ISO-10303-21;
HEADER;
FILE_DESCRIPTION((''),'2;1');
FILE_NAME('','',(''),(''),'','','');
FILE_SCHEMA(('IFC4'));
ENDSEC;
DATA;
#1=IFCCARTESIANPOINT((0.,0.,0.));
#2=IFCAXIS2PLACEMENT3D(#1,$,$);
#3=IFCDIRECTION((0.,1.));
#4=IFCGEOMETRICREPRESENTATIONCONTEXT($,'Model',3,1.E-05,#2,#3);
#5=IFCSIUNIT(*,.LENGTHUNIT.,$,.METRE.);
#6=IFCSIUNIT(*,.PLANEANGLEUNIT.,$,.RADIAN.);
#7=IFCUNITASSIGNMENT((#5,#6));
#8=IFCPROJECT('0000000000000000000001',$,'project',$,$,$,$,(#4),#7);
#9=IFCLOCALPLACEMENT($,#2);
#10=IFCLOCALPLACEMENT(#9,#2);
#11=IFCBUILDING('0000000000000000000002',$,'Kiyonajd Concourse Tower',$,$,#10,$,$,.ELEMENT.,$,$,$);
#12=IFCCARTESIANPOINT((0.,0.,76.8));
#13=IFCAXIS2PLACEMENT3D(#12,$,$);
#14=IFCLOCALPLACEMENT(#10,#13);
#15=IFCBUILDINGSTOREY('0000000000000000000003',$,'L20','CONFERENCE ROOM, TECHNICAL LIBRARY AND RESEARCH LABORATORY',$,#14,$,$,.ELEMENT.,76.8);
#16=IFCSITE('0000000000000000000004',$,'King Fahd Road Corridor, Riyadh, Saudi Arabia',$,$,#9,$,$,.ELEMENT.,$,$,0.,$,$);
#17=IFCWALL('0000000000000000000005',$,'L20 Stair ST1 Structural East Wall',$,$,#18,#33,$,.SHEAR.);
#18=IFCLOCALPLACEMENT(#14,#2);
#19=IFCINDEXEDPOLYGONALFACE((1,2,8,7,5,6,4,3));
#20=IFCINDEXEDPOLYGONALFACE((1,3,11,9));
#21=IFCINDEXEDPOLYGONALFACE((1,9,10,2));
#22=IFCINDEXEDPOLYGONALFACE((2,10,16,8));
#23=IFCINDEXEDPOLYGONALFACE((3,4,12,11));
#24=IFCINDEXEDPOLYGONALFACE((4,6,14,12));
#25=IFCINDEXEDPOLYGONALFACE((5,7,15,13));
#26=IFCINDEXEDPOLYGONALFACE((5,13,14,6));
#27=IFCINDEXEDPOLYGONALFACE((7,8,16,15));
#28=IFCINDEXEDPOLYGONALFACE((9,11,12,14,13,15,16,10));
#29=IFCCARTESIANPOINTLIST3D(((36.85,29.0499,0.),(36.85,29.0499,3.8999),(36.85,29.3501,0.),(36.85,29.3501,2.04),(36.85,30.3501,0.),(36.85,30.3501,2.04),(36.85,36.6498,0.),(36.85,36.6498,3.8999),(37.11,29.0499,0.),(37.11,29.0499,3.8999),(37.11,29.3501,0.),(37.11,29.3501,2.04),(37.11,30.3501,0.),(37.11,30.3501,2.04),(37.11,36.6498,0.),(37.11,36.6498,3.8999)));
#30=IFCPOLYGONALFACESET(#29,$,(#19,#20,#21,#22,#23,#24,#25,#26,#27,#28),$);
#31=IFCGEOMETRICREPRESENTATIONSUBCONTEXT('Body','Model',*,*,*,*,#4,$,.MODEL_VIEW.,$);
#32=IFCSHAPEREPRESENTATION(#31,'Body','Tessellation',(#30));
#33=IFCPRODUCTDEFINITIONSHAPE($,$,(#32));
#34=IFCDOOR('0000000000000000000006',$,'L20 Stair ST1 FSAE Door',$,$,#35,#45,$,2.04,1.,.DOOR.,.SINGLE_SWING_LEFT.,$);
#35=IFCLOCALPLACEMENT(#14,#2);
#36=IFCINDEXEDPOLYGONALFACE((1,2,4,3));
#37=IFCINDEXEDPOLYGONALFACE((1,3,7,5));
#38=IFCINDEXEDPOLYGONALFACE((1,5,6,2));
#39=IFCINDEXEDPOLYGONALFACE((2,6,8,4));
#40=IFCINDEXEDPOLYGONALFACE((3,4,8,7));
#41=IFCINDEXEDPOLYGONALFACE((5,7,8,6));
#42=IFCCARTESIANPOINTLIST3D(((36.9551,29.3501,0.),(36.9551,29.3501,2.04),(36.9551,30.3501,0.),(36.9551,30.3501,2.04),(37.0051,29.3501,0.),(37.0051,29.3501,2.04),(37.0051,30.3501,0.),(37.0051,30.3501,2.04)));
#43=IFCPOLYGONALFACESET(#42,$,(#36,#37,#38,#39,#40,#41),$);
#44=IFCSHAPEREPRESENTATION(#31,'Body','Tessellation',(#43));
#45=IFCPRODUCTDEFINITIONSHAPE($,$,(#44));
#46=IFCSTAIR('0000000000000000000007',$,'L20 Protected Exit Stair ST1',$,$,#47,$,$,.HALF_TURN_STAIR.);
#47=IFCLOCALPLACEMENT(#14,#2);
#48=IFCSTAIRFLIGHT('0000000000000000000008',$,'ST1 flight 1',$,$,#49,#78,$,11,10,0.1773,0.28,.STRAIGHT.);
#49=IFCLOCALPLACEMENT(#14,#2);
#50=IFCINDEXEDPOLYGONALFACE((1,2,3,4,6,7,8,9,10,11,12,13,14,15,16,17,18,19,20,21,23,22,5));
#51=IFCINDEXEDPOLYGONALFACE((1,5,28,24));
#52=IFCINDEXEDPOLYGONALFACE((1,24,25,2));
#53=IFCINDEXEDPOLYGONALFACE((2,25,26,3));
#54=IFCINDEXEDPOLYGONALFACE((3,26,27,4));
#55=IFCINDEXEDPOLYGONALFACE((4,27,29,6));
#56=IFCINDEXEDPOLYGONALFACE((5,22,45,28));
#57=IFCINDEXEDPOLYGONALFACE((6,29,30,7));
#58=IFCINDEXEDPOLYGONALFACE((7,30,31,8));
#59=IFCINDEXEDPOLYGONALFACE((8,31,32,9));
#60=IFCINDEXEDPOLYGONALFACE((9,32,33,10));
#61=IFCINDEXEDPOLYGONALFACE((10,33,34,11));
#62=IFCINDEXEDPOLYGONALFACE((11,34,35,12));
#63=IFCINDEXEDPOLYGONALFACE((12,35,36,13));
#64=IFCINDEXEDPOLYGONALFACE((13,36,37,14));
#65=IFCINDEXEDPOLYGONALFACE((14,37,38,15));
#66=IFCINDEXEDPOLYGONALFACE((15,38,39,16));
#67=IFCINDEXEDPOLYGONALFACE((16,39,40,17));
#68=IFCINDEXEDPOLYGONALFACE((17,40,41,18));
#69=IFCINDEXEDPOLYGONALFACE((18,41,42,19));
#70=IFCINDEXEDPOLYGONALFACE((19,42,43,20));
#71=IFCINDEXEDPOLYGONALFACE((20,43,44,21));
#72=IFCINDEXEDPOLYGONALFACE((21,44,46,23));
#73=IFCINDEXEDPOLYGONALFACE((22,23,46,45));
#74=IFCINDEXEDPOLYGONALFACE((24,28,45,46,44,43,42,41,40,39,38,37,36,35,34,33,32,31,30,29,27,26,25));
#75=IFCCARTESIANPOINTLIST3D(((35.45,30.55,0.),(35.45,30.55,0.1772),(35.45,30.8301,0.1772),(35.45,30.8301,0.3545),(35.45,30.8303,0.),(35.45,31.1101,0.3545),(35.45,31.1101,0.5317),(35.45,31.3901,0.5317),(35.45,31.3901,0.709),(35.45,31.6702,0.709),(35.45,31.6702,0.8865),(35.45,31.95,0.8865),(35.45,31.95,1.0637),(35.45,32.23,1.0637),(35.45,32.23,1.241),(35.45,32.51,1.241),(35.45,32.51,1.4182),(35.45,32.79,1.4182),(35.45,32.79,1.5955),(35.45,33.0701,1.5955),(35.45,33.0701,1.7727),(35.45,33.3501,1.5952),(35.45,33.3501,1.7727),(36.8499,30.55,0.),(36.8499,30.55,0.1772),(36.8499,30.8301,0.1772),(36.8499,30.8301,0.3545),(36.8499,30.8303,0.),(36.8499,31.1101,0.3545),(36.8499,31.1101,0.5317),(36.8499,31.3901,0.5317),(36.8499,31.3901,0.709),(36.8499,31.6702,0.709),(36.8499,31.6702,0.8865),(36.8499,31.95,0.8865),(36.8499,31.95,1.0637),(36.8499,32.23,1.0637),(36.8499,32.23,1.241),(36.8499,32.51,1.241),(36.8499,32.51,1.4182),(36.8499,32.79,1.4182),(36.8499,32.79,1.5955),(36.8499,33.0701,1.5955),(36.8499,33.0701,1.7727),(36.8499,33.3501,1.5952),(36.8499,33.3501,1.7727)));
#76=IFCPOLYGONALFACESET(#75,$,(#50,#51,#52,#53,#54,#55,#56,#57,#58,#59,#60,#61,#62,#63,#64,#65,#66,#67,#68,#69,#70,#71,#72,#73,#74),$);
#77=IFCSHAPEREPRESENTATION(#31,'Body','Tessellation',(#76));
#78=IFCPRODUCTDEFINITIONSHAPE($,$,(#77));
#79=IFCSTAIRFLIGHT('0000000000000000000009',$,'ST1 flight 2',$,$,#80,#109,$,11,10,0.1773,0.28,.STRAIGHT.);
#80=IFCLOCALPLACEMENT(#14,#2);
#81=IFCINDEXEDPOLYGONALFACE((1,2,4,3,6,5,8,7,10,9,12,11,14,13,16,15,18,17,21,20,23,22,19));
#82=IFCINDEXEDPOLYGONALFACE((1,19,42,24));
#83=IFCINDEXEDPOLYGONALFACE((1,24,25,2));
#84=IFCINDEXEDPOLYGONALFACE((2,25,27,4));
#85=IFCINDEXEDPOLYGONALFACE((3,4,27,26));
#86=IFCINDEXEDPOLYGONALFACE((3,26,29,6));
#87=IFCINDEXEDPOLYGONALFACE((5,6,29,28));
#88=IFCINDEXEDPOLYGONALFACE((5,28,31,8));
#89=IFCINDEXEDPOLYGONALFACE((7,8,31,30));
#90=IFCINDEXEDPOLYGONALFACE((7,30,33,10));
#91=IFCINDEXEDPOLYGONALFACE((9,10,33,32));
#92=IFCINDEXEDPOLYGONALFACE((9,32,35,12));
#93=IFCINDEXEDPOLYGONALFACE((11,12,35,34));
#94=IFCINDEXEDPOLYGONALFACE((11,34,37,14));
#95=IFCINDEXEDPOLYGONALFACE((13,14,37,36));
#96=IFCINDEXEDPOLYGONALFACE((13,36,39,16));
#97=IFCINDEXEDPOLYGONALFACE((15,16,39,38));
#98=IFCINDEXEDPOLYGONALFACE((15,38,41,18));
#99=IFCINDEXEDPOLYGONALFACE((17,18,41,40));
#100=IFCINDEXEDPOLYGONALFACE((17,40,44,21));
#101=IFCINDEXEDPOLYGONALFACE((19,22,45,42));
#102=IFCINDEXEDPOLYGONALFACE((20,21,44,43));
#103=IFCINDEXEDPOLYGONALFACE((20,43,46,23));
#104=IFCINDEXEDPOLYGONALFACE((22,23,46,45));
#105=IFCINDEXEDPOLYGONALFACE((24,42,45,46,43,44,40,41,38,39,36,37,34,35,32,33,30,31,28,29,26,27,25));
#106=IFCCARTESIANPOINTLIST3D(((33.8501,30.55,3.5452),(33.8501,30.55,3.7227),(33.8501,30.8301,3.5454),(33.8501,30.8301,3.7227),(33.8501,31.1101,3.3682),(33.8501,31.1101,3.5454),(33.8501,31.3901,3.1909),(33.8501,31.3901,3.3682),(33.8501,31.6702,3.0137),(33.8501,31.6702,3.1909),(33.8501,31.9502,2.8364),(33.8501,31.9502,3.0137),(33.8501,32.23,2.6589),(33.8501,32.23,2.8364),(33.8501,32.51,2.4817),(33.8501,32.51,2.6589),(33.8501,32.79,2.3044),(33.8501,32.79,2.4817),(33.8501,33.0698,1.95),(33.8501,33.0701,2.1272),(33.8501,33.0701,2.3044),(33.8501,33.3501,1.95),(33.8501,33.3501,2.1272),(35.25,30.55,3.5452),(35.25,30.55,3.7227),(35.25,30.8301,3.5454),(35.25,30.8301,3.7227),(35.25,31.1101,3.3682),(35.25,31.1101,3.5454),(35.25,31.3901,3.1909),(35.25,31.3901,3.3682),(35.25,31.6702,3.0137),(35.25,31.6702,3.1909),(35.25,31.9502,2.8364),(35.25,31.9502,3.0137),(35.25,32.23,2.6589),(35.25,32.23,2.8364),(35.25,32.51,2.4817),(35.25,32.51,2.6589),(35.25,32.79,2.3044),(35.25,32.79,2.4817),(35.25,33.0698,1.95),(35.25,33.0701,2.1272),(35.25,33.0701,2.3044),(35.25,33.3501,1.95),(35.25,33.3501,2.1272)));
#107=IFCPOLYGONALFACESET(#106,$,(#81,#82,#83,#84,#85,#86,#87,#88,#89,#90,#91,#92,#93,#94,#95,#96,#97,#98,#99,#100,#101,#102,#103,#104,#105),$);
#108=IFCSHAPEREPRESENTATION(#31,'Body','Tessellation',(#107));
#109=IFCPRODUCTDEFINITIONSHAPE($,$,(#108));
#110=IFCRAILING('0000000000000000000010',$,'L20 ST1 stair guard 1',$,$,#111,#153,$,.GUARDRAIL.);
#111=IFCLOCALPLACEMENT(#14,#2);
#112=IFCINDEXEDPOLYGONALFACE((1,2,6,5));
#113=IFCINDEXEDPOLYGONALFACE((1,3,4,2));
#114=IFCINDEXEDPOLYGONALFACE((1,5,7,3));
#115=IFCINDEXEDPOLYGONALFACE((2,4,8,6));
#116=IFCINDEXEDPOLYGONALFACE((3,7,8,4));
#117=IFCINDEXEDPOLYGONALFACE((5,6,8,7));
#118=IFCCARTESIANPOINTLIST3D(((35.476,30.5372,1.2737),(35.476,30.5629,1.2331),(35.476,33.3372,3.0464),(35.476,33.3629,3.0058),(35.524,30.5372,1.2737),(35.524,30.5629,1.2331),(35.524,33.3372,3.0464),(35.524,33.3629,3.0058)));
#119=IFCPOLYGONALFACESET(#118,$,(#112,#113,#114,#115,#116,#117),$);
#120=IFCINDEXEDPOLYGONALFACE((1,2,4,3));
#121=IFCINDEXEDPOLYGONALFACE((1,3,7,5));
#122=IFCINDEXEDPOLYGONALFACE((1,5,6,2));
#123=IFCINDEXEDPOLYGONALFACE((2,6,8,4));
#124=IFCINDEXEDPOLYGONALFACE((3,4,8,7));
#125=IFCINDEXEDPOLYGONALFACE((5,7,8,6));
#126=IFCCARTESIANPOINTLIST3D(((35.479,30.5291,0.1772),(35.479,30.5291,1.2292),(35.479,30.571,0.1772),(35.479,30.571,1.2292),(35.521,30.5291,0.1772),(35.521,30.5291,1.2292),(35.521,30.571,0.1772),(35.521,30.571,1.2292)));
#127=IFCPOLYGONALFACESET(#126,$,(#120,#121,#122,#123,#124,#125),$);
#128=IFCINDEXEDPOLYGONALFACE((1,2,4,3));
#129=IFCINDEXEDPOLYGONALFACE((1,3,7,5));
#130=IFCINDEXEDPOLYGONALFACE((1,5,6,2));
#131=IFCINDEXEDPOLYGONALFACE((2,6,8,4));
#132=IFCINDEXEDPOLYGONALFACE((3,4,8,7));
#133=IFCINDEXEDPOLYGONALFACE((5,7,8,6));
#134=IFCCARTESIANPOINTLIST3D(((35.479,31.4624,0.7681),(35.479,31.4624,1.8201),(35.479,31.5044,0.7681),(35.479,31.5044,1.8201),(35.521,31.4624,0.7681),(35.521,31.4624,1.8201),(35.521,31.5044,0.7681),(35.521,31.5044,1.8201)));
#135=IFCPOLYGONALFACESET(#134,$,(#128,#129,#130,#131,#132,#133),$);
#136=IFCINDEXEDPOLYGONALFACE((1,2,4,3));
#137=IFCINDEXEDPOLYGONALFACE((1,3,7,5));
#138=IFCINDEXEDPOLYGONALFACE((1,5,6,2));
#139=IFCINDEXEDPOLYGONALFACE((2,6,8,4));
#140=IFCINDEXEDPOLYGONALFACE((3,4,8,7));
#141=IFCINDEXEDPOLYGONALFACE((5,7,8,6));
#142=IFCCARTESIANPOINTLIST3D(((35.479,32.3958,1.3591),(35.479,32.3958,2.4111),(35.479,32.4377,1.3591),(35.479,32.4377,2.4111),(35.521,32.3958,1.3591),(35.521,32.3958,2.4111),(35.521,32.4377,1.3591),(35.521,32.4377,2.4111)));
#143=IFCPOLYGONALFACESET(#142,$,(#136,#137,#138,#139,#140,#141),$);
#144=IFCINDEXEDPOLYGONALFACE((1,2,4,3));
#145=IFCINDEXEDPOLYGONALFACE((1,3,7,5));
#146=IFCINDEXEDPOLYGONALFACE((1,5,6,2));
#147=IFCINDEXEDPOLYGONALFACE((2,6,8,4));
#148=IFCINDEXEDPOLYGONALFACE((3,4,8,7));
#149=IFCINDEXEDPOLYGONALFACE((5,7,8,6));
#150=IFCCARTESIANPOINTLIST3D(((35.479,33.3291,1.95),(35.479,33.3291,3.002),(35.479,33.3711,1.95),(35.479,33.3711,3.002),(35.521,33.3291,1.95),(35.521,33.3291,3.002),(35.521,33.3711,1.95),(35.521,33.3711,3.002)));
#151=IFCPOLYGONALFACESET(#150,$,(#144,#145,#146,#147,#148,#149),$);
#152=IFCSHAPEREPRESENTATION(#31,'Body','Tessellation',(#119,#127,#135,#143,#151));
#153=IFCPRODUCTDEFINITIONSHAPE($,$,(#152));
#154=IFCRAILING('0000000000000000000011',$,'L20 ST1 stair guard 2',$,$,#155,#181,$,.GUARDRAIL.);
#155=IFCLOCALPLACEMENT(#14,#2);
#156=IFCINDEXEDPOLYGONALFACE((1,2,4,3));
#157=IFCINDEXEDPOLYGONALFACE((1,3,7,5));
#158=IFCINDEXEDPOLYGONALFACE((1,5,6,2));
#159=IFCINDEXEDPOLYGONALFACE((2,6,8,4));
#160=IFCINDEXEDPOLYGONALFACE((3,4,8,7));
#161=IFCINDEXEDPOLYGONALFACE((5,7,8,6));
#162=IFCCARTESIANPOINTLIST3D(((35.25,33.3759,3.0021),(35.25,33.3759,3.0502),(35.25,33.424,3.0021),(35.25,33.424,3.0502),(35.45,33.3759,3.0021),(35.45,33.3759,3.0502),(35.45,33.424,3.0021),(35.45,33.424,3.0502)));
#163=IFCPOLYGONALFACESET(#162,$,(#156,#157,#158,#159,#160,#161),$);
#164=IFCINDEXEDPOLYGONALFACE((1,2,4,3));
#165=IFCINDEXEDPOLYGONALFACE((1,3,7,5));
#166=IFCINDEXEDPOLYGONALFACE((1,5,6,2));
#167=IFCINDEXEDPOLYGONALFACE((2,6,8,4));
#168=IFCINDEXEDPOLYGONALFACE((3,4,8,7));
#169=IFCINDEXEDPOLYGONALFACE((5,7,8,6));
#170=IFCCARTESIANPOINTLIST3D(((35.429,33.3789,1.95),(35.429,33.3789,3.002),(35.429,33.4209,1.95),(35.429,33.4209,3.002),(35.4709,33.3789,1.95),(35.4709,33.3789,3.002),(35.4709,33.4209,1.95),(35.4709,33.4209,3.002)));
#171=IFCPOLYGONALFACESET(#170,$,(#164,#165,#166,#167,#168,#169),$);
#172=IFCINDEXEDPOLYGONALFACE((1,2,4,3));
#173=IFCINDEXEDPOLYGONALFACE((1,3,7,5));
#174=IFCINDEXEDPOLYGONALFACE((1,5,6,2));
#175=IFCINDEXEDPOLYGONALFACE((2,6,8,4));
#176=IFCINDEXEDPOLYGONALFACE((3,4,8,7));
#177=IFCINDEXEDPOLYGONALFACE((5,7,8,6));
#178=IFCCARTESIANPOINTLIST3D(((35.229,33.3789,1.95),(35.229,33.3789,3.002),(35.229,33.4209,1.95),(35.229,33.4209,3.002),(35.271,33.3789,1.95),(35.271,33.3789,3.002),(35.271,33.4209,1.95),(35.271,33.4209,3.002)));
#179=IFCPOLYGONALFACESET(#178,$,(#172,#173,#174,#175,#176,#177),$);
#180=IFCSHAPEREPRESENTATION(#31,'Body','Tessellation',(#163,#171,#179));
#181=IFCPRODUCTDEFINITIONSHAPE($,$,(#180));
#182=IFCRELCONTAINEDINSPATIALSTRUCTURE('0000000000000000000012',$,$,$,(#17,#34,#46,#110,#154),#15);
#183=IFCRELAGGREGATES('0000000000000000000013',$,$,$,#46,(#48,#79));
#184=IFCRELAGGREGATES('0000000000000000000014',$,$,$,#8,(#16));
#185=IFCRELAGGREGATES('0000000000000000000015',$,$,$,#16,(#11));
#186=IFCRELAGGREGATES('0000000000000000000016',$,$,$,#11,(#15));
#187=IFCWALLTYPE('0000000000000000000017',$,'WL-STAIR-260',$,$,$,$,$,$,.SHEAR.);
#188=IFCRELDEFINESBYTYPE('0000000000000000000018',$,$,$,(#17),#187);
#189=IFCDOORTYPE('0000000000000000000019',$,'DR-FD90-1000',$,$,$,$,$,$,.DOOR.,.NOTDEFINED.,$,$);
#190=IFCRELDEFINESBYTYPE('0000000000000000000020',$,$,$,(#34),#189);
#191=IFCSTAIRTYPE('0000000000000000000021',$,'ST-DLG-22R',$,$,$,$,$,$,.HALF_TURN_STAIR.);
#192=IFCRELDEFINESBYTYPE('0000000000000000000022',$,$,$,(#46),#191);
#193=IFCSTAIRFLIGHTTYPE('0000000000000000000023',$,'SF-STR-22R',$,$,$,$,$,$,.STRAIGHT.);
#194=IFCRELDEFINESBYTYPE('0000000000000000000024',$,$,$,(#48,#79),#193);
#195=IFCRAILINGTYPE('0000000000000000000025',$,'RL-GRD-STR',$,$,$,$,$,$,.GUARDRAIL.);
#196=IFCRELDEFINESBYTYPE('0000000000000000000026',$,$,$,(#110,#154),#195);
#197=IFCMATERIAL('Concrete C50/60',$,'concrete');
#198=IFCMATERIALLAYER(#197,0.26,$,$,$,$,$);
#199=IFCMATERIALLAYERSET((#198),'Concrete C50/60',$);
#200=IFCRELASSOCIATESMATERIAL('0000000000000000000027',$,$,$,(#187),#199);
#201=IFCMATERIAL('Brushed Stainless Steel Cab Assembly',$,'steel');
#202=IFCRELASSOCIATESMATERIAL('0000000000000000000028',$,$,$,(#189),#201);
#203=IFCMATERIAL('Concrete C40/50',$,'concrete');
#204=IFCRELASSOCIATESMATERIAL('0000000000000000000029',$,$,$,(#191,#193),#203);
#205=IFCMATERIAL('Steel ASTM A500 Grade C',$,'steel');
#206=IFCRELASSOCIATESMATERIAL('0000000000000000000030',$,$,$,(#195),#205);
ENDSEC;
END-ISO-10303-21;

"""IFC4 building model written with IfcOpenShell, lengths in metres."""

from ifc_helpers import new_model, si_unit, direction, frame, frame_2d, origin, origin_2d, place, context, subcontext, project, spatial, polyline, rectangle, outline, extrude, material, layer, layer_set, type_object, element, fill, aggregate, save


model = new_model("IFC4")

# Units and contexts
model_context = context("Model", 3, precision=1e-05, world=origin(), true_north=direction((0.0, 1.0)))
body_context = subcontext(model_context, "Body", "Model", "MODEL_VIEW")
ifc_project = project(units=[si_unit("LENGTHUNIT", "METRE"), si_unit("PLANEANGLEUNIT", "RADIAN")], contexts=[model_context])

# Site, building, storey
site_placement = place(None, origin())
site = spatial("IfcSite", under=ifc_project, at=site_placement, Name="King Fahd Road Corridor, Riyadh, Saudi Arabia", CompositionType="ELEMENT", RefElevation=0.0)
building_placement = place(site_placement, origin())
building = spatial("IfcBuilding", under=site, at=building_placement, Name="Kiyonajd Concourse Tower", CompositionType="ELEMENT")
storey_placement = place(building_placement, frame((0.0, 0.0, 76.8)))
storey = spatial("IfcBuildingStorey", under=building, at=storey_placement, Name="L20", Description="CONFERENCE ROOM, TECHNICAL LIBRARY AND RESEARCH LABORATORY", CompositionType="ELEMENT", Elevation=76.8)

# Shared definitions
ifc_material_1 = material(Name="Concrete C50/60", Category="concrete")

# Shared definitions
ifc_material_2 = material(Name="Brushed Stainless Steel Cab Assembly", Category="steel")

# Shared definitions
ifc_layer_1 = layer(ifc_material_1, 0.26)
ifc_layer_set_1 = layer_set([ifc_layer_1], Name="Concrete C50/60")
wall_type_1 = type_object("IfcWallType", Name="WL-STAIR-260", PredefinedType="SHEAR", material=ifc_layer_set_1)

# Wall, opening, door
wall_1_placement = place(storey_placement, frame((36.98, 29.05, 0.0), z_axis=(0.0, 0.0, 1.0), x_axis=(0.0, 1.0, 0.0)))
wall_1 = element("IfcWall", 1, at=wall_1_placement, inside=storey, type_object=wall_type_1, Name="L20 Stair ST1 Structural East Wall", PredefinedType="SHEAR", context=body_context, shape_type="SweptSolid", body=[
    extrude(rectangle(XDim=7.5999, YDim=0.26, at=frame_2d((3.7998, 0.0))), origin(), (0.0, 0.0, 1.0), 3.8999),
])
opening_1_placement = place(wall_1_placement, frame((0.3, 0.0, 0.0)))
opening_1 = element("IfcOpeningElement", 2, at=opening_1_placement, cuts=wall_1, PredefinedType="OPENING", context=body_context, shape_type="SweptSolid", body=[
    extrude(rectangle(XDim=1.0, YDim=2.04, at=frame_2d((0.5, 1.02))), frame((0.0, 0.1399, 0.0), z_axis=(0.0, -1.0, 0.0), x_axis=(1.0, 0.0, 0.0)), (0.0, 0.0, 1.0), 0.28),
])
door_type_1 = type_object("IfcDoorType", Name="DR-FD90-1000", OperationType="NOTDEFINED", PredefinedType="DOOR", material=ifc_material_2)
door_1_placement = place(opening_1_placement, origin())
door_1 = element("IfcDoor", 3, at=door_1_placement, inside=storey, type_object=door_type_1, Name="L20 Stair ST1 FSAE Door", OperationType="SINGLE_SWING_LEFT", OverallHeight=2.04, OverallWidth=1.0, PredefinedType="DOOR", context=body_context, shape_type="SweptSolid", body=[
    extrude(rectangle(XDim=1.0, YDim=2.04, at=frame_2d((0.5, 1.02))), frame((0.0, 0.0249, 0.0), z_axis=(0.0, -1.0, 0.0), x_axis=(1.0, 0.0, 0.0)), (0.0, 0.0, 1.0), 0.05),
])
fill(opening_1, door_1)

# Stair, stair flights
ifc_material_3 = material(Name="Concrete C40/50", Category="concrete")
stair_type = type_object("IfcStairType", Name="ST-DLG-22R", PredefinedType="HALF_TURN_STAIR", material=ifc_material_3)
stair_placement = place(storey_placement, origin())
stair = element("IfcStair", 4, at=stair_placement, inside=storey, type_object=stair_type, Name="L20 Protected Exit Stair ST1", PredefinedType="HALF_TURN_STAIR")
stair_flight_type = type_object("IfcStairFlightType", Name="SF-STR-22R", PredefinedType="STRAIGHT", material=ifc_material_3)
stair_flight_1_placement = place(storey_placement, frame((36.1499, 30.55, 0.0), z_axis=(0.0, 0.0, 1.0), x_axis=(0.0, 1.0, 0.0)))
stair_flight_1 = element("IfcStairFlight", 5, at=stair_flight_1_placement, type_object=stair_flight_type, Name="ST1 flight 1", NumberOfRisers=11, NumberOfTreads=10, PredefinedType="STRAIGHT", RiserHeight=0.1773, TreadLength=0.28, context=body_context, shape_type="SweptSolid", body=[
    extrude(outline(polyline([(0.0, 0.0), (0.0, 0.1772), (0.28, 0.1772), (0.28, 0.3545), (0.5601, 0.3545), (0.5601, 0.5317), (0.8401, 0.5317), (0.8401, 0.709), (1.1201, 0.709), (1.1201, 0.8865), (1.3999, 0.8865), (1.3999, 1.0637), (1.6799, 1.0637), (1.6799, 1.241), (1.96, 1.241), (1.96, 1.4182), (2.24, 1.4182), (2.24, 1.5955), (2.52, 1.5955), (2.52, 1.7727), (2.8, 1.7727), (2.8, 1.95), (2.8, 1.5952), (0.2803, 0.0), (0.0, 0.0)])), frame((0.0, 0.7, 0.0), z_axis=(0.0, -1.0, 0.0), x_axis=(1.0, 0.0, 0.0)), (0.0, 0.0, 1.0), 1.3999),
])
stair_flight_2_placement = place(storey_placement, frame((34.55, 33.3501, 1.95), z_axis=(0.0, 0.0, 1.0), x_axis=(0.0, -1.0, 0.0)))
stair_flight_2 = element("IfcStairFlight", 6, at=stair_flight_2_placement, type_object=stair_flight_type, Name="ST1 flight 2", NumberOfRisers=11, NumberOfTreads=10, PredefinedType="STRAIGHT", RiserHeight=0.1773, TreadLength=0.28, context=body_context, shape_type="SweptSolid", body=[
    extrude(outline(polyline([(0.0, 0.0), (0.0, 0.1772), (0.28, 0.1772), (0.28, 0.3545), (0.5601, 0.3545), (0.5601, 0.5317), (0.8401, 0.5317), (0.8401, 0.709), (1.1201, 0.709), (1.1201, 0.8865), (1.3999, 0.8865), (1.3999, 1.0637), (1.6799, 1.0637), (1.6799, 1.241), (1.96, 1.241), (1.96, 1.4182), (2.24, 1.4182), (2.24, 1.5955), (2.52, 1.5955), (2.52, 1.7727), (2.8, 1.7727), (2.8, 1.95), (2.8, 1.5952), (0.2803, 0.0), (0.0, 0.0)])), frame((0.0, 0.7, 0.0), z_axis=(0.0, -1.0, 0.0), x_axis=(1.0, 0.0, 0.0)), (0.0, 0.0, 1.0), 1.3999),
])
aggregate(stair, [stair_flight_1, stair_flight_2])

# Railings
ifc_material_4 = material(Name="Steel ASTM A500 Grade C", Category="steel")
railing_type_1 = type_object("IfcRailingType", Name="RL-GRD-STR", PredefinedType="GUARDRAIL", material=ifc_material_4)
railing_1_placement = place(storey_placement, frame((35.5, 30.55, 0.1772)))
element("IfcRailing", 7, at=railing_1_placement, inside=storey, type_object=railing_type_1, Name="L20 ST1 stair guard 1", PredefinedType="GUARDRAIL", context=body_context, shape_type="SweptSolid", body=[
    extrude(rectangle(XDim=0.0481, YDim=0.0481, at=origin_2d()), frame((0.0, 0.0, 1.0762), z_axis=(0.0, 0.844909, 0.53491), x_axis=(-1.0, 0.0, 0.0)), (0.0, 0.0, 1.0), 3.314),
    extrude(rectangle(XDim=0.042, YDim=0.042, at=origin_2d()), origin(), (0.0, 0.0, 1.0), 1.052),
    extrude(rectangle(XDim=0.042, YDim=0.042, at=origin_2d()), frame((0.0, 0.9333, 0.5908)), (0.0, 0.0, 1.0), 1.052),
    extrude(rectangle(XDim=0.042, YDim=0.042, at=origin_2d()), frame((0.0, 1.8667, 1.1819)), (0.0, 0.0, 1.0), 1.052),
    extrude(rectangle(XDim=0.042, YDim=0.042, at=origin_2d()), frame((0.0, 2.8, 1.7727)), (0.0, 0.0, 1.0), 1.052),
])
railing_2_placement = place(storey_placement, frame((35.45, 33.3999, 1.95)))
element("IfcRailing", 8, at=railing_2_placement, inside=storey, type_object=railing_type_1, Name="L20 ST1 stair guard 2", PredefinedType="GUARDRAIL", context=body_context, shape_type="SweptSolid", body=[
    extrude(rectangle(XDim=0.0481, YDim=0.0481, at=origin_2d()), frame((0.0, 0.0, 1.0762), z_axis=(-1.0, 0.0, 0.0), x_axis=(0.0, -1.0, 0.0)), (0.0, 0.0, 1.0), 0.2),
    extrude(rectangle(XDim=0.042, YDim=0.042, at=origin_2d()), origin(), (0.0, 0.0, 1.0), 1.052),
    extrude(rectangle(XDim=0.042, YDim=0.042, at=origin_2d()), frame((-0.2, 0.0, 0.0)), (0.0, 0.0, 1.0), 1.052),
])

save(model, "model.ifc")
